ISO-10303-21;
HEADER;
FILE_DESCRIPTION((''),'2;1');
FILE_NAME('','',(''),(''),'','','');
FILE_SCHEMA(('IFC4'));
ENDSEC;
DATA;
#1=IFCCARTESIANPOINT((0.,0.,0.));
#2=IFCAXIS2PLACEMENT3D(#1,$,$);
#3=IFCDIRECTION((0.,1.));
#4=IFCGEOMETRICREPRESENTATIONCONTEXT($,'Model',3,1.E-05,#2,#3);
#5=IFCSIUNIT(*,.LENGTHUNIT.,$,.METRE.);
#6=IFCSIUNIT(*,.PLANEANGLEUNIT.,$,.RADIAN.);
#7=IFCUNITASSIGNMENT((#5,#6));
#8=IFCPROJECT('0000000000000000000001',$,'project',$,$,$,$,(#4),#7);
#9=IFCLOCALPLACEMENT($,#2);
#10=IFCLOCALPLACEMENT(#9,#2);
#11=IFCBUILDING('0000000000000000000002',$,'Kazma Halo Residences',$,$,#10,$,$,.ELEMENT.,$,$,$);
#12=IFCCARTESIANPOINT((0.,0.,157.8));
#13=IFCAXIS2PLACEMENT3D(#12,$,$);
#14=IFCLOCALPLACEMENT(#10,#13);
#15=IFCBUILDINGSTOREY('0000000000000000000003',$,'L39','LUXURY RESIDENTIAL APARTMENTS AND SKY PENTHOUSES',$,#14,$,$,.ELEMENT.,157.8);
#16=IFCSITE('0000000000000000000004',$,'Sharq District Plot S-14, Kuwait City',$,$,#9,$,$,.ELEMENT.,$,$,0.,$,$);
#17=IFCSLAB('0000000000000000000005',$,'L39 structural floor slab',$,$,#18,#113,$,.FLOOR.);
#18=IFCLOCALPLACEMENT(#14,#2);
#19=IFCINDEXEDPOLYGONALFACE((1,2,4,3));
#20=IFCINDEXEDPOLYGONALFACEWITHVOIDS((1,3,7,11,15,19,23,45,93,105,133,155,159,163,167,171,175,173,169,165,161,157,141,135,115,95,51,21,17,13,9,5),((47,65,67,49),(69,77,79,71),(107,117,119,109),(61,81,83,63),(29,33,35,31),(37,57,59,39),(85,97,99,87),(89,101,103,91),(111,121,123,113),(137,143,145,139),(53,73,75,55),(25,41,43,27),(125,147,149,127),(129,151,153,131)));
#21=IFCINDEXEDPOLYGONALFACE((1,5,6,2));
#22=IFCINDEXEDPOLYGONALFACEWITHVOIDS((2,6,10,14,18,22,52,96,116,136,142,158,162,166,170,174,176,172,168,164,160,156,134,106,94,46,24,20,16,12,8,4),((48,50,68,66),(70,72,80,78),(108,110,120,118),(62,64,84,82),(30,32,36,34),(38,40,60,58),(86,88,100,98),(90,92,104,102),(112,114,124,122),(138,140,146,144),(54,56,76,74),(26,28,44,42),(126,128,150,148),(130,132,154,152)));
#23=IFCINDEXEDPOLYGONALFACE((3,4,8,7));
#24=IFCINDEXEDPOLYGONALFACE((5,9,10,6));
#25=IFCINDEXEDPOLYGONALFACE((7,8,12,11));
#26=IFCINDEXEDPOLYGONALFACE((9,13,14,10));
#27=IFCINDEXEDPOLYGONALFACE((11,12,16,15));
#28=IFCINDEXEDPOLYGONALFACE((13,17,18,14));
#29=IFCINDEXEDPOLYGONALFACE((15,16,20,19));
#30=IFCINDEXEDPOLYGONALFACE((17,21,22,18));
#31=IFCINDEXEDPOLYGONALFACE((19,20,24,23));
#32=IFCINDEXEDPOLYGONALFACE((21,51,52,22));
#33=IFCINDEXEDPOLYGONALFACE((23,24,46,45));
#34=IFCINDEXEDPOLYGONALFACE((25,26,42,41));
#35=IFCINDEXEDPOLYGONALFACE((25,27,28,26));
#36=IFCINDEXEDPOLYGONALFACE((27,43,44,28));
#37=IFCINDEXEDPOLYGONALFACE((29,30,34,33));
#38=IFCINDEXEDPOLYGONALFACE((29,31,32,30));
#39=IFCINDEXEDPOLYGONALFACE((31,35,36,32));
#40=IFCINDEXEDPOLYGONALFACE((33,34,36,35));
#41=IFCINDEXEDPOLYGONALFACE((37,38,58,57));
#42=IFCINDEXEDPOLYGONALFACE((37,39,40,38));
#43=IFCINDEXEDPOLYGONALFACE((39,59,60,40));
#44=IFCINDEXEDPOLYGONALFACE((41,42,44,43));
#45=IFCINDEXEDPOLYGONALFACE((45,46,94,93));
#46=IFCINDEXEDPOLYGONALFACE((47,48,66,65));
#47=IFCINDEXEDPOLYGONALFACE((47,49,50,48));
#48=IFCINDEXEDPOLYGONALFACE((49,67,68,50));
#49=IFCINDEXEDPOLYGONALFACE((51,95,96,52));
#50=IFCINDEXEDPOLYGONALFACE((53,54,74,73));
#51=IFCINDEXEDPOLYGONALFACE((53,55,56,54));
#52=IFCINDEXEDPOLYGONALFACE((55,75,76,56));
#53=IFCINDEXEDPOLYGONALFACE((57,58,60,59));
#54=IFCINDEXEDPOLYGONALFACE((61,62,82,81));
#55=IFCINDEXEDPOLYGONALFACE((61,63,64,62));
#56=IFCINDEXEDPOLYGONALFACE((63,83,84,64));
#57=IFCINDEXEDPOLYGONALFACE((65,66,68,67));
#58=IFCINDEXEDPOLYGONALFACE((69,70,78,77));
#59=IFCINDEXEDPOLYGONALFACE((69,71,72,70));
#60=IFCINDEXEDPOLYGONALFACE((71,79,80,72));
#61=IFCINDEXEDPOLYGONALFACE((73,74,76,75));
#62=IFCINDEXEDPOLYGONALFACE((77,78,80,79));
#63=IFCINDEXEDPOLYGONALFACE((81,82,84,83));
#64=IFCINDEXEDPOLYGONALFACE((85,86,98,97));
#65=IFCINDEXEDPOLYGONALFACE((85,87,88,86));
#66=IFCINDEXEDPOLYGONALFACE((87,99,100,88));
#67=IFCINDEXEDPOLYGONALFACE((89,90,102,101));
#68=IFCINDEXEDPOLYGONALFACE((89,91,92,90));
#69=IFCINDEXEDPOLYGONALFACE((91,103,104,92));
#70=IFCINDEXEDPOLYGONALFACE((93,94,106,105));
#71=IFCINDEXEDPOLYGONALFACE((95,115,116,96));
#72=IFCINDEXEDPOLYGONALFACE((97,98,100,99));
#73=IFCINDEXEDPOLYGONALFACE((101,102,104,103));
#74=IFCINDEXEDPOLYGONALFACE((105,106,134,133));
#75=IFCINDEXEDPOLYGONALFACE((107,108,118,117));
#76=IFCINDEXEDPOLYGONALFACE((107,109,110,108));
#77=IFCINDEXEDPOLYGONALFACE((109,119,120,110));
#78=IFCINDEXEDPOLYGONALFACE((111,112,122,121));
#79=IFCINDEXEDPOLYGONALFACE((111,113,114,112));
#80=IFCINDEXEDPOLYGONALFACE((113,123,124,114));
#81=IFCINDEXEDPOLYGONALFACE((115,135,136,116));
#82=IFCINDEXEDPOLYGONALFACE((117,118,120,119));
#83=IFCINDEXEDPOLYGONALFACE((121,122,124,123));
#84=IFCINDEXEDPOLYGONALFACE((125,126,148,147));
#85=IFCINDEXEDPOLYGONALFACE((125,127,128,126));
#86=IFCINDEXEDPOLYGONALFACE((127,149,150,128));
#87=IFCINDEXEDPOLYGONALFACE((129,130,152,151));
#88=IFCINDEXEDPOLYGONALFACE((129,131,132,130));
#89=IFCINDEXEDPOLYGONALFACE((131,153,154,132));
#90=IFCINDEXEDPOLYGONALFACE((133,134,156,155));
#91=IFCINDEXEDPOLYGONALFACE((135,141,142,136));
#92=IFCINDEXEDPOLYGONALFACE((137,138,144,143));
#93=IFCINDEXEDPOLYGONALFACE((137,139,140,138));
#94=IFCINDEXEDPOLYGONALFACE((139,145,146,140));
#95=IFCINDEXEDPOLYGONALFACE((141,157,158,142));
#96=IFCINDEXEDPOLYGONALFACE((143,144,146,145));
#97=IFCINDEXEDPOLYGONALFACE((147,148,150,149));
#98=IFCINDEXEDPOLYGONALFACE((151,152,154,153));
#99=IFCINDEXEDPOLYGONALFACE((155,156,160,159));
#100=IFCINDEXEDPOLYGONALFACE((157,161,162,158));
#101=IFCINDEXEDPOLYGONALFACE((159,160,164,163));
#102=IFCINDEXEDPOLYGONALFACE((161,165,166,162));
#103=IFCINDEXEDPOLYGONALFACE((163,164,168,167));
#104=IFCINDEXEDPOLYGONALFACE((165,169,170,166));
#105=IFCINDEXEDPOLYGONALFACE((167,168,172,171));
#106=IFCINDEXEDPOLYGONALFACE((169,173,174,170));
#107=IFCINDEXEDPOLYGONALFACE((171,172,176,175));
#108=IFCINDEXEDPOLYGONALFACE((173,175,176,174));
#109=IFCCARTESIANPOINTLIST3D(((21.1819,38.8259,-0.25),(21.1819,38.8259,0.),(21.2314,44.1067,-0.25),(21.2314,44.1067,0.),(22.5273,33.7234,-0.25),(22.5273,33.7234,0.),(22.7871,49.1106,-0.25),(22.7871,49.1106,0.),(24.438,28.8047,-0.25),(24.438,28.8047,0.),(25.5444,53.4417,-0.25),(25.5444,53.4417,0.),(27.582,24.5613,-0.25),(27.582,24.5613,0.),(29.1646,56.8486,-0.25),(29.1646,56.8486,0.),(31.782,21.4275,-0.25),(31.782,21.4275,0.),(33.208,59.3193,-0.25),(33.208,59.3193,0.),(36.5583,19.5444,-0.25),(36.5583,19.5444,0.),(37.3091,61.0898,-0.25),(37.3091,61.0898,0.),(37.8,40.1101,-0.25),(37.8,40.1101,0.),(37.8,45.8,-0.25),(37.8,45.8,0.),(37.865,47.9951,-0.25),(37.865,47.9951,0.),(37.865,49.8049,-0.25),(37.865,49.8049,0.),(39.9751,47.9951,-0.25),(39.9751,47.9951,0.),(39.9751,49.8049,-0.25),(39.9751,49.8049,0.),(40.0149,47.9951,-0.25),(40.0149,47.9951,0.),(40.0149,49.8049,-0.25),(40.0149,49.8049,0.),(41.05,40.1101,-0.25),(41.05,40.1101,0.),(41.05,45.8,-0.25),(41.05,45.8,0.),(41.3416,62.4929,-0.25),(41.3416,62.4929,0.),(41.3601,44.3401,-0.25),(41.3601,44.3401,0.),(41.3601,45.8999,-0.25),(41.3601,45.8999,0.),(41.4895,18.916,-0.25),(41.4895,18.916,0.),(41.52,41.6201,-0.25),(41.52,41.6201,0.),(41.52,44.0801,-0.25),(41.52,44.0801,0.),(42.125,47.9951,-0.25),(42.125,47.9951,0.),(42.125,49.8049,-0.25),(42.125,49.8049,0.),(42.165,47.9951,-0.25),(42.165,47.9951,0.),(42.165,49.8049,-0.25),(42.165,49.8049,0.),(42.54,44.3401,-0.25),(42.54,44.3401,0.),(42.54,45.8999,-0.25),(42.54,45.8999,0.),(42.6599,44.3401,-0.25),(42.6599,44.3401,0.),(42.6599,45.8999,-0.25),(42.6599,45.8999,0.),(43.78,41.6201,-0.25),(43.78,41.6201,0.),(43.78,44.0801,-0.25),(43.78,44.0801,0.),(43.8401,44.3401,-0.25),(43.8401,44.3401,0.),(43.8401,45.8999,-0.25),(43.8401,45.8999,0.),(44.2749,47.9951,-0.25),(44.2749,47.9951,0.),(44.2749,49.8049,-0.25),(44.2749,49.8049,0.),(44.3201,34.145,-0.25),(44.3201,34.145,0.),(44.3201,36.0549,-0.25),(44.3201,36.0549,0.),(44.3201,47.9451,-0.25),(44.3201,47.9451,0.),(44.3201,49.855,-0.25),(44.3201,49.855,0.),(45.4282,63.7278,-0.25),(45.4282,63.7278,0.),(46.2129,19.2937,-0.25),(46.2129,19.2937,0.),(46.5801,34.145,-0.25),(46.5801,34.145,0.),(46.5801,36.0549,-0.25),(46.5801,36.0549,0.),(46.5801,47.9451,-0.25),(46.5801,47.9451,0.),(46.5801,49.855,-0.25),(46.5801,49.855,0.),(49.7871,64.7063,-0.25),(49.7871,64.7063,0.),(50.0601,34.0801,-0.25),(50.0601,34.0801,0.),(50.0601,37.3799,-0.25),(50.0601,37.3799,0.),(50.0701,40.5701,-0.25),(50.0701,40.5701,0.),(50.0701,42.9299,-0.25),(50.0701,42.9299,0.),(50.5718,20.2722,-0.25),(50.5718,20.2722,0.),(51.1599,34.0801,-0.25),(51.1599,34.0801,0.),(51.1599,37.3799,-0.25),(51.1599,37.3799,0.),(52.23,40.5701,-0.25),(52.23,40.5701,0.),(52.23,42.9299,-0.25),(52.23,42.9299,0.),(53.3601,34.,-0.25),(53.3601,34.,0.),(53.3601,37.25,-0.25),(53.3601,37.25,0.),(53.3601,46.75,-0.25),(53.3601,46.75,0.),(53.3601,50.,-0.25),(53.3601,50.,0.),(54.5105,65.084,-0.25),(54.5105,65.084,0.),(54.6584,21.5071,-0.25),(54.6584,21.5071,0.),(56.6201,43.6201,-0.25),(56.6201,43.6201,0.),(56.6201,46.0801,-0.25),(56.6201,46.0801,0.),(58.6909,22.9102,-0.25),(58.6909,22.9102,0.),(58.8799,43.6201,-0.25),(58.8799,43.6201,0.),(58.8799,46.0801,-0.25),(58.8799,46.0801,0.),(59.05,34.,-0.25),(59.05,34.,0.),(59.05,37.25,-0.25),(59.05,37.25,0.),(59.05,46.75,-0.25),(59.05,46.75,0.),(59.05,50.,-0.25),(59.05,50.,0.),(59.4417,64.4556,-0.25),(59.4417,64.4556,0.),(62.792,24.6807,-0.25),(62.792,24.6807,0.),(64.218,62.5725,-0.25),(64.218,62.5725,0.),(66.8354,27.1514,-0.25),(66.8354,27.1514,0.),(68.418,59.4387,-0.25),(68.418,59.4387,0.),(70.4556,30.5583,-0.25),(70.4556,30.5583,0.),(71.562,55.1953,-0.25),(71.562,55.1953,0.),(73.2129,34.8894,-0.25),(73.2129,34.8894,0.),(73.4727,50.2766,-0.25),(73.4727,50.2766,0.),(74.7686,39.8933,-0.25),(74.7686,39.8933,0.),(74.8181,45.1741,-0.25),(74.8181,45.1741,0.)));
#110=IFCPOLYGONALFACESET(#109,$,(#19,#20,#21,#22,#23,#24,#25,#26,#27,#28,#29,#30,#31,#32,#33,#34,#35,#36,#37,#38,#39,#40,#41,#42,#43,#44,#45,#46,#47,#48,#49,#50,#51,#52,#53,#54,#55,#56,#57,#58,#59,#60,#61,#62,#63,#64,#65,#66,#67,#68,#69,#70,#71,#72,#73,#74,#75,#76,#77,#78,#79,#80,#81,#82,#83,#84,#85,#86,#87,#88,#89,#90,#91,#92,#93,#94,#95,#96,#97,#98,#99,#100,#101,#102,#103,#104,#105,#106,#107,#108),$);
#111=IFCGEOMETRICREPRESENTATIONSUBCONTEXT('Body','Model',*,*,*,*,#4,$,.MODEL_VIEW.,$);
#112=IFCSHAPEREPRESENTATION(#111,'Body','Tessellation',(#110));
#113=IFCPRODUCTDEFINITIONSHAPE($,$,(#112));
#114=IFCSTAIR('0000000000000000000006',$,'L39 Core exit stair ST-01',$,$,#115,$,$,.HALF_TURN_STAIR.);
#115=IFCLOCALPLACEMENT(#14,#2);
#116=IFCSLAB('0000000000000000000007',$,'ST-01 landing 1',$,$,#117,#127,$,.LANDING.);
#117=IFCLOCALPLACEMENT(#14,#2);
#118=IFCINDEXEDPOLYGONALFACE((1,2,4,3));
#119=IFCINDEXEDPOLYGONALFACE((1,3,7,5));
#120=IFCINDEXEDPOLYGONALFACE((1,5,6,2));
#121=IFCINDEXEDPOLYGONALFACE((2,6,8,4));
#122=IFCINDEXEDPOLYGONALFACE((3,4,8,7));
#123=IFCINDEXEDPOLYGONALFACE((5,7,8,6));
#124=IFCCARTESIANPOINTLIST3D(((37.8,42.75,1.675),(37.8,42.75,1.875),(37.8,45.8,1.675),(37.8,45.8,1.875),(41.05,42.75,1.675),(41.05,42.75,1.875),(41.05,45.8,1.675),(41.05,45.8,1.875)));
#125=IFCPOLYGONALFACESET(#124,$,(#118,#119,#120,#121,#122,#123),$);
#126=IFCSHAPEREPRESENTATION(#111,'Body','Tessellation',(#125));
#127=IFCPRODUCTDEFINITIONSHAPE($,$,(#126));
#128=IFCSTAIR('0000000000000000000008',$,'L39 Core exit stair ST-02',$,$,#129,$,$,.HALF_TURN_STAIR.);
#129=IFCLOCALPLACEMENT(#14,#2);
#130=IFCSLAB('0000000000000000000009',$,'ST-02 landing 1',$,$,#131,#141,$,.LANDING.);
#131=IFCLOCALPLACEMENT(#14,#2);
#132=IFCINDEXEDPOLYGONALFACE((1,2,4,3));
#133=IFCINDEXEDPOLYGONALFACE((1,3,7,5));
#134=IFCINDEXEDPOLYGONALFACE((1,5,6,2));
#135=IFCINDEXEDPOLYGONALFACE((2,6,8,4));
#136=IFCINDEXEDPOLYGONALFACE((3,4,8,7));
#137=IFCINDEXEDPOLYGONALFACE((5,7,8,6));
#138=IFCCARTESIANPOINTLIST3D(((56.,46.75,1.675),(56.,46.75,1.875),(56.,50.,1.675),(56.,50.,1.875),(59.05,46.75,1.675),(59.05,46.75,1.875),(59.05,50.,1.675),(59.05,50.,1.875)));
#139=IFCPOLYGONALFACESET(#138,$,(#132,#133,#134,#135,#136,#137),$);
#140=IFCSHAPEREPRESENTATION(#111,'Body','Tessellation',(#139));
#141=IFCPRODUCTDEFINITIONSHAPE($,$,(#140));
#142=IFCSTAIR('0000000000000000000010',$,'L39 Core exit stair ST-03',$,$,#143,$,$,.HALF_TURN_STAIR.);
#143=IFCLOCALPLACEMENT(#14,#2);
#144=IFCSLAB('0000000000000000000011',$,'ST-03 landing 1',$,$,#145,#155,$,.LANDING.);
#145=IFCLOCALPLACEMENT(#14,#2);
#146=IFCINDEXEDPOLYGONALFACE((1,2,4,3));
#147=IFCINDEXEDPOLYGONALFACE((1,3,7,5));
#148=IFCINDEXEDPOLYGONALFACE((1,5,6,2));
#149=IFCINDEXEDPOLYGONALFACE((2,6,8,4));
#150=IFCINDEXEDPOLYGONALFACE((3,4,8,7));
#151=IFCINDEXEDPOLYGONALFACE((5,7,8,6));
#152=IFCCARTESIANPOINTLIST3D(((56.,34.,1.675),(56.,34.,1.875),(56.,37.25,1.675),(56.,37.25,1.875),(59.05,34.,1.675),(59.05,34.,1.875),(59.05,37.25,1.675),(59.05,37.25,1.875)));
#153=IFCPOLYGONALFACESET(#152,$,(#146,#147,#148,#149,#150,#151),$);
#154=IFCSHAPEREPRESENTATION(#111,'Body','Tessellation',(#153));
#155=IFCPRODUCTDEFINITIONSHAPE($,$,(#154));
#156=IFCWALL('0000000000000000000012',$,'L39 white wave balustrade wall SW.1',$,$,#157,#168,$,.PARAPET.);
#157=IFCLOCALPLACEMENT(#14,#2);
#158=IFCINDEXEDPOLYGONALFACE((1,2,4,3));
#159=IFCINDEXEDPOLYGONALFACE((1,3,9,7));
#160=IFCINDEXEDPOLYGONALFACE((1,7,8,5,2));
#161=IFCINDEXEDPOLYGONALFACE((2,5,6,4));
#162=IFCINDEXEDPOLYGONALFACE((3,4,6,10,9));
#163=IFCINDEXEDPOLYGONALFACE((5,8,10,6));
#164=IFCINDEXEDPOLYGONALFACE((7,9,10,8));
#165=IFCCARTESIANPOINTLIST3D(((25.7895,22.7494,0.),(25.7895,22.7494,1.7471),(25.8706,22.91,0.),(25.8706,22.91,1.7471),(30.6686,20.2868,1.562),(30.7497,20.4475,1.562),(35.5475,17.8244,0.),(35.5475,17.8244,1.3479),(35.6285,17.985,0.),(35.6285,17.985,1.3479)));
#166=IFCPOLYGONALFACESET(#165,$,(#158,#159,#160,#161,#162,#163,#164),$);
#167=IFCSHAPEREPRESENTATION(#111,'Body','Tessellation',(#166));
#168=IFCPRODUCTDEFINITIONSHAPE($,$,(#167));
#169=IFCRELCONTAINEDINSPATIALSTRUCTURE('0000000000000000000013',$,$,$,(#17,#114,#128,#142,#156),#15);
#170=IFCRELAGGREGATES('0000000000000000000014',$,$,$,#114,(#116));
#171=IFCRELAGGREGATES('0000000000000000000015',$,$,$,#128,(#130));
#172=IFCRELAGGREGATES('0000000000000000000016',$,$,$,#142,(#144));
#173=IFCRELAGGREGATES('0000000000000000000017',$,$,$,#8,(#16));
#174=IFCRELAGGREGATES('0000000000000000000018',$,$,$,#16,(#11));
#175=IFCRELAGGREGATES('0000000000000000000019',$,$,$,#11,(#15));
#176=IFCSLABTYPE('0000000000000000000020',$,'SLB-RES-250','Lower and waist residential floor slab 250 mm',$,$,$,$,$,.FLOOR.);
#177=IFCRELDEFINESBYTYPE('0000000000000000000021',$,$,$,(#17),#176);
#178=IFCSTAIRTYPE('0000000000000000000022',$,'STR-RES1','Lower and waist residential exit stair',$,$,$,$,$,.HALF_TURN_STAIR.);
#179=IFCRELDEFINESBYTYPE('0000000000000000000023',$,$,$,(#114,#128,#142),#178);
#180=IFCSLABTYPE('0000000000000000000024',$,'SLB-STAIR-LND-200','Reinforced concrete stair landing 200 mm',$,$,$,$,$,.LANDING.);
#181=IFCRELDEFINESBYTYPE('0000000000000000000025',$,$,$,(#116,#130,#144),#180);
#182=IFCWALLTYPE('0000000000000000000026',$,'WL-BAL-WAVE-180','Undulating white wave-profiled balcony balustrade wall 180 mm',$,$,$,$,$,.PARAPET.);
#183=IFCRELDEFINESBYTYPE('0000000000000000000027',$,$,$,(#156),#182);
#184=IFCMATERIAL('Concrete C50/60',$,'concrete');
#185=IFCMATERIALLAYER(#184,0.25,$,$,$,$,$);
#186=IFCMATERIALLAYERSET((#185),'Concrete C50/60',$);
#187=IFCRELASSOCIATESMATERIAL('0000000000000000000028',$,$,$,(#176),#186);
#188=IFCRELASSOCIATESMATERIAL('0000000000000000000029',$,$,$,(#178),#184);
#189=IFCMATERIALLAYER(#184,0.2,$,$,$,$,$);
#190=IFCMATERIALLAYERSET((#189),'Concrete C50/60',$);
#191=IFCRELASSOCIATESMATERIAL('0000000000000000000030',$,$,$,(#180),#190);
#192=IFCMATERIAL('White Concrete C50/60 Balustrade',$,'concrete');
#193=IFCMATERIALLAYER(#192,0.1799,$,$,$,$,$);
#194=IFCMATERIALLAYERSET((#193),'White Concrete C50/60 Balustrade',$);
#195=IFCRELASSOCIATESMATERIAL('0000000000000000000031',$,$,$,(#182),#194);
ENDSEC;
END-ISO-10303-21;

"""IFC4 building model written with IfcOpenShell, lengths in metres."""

from ifc_helpers import new_model, si_unit, direction, frame, origin, place, context, subcontext, project, spatial, polyline, outline, extrude, material, layer, layer_set, type_object, element, aggregate, save


model = new_model("IFC4")

# Units and contexts
model_context = context("Model", 3, precision=1e-05, world=origin(), true_north=direction((0.0, 1.0)))
body_context = subcontext(model_context, "Body", "Model", "MODEL_VIEW")
ifc_project = project(units=[si_unit("LENGTHUNIT", "METRE"), si_unit("PLANEANGLEUNIT", "RADIAN")], contexts=[model_context])

# Site, building, storey
site_placement = place(None, origin())
site = spatial("IfcSite", under=ifc_project, at=site_placement, Name="Sharq District Plot S-14, Kuwait City", CompositionType="ELEMENT", RefElevation=0.0)
building_placement = place(site_placement, origin())
building = spatial("IfcBuilding", under=site, at=building_placement, Name="Kazma Halo Residences", CompositionType="ELEMENT")
storey_placement = place(building_placement, frame((0.0, 0.0, 157.8)))
storey = spatial("IfcBuildingStorey", under=building, at=storey_placement, Name="L39", Description="LUXURY RESIDENTIAL APARTMENTS AND SKY PENTHOUSES", CompositionType="ELEMENT", Elevation=157.8)

# Slab
ifc_material_1 = material(Name="Concrete C50/60", Category="concrete")
ifc_layer_1 = layer(ifc_material_1, 0.25)
ifc_layer_set_1 = layer_set([ifc_layer_1], Name="Concrete C50/60")
slab_type_1 = type_object("IfcSlabType", Name="SLB-RES-250", Description="Lower and waist residential floor slab 250 mm", PredefinedType="FLOOR", material=ifc_layer_set_1)
slab_1_placement = place(storey_placement, frame((0.0, 0.0, -0.25)))
element("IfcSlab", 1, at=slab_1_placement, inside=storey, type_object=slab_type_1, Name="L39 structural floor slab", PredefinedType="FLOOR", context=body_context, shape_type="SweptSolid", body=[
    extrude(outline(polyline([(73.4727, 50.2766), (71.562, 55.1953), (68.418, 59.4387), (64.218, 62.5725), (59.4417, 64.4556), (54.5105, 65.084), (49.7871, 64.7063), (45.4282, 63.7278), (41.3416, 62.4929), (37.3091, 61.0898), (33.208, 59.3193), (29.1646, 56.8486), (25.5444, 53.4417), (22.7871, 49.1106), (21.2314, 44.1067), (21.1819, 38.8259), (22.5273, 33.7234), (24.438, 28.8047), (27.582, 24.5613), (31.782, 21.4275), (36.5583, 19.5444), (41.4895, 18.916), (46.2129, 19.2937), (50.5718, 20.2722), (54.6584, 21.5071), (58.6909, 22.9102), (62.792, 24.6807), (66.8354, 27.1514), (70.4556, 30.5583), (73.2129, 34.8894), (74.7686, 39.8933), (74.8181, 45.1741), (73.4727, 50.2766)]), holes=[polyline([(37.8, 40.1101), (41.05, 40.1101), (41.05, 45.8), (37.8, 45.8), (37.8, 40.1101)]), polyline([(53.3601, 46.75), (59.05, 46.75), (59.05, 50.0), (53.3601, 50.0), (53.3601, 46.75)]), polyline([(53.3601, 34.0), (59.05, 34.0), (59.05, 37.25), (53.3601, 37.25), (53.3601, 34.0)]), polyline([(41.52, 41.6201), (43.78, 41.6201), (43.78, 44.0801), (41.52, 44.0801), (41.52, 41.6201)]), polyline([(56.6201, 43.6201), (58.8799, 43.6201), (58.8799, 46.0801), (56.6201, 46.0801), (56.6201, 43.6201)]), polyline([(37.865, 47.9951), (39.9751, 47.9951), (39.9751, 49.8049), (37.865, 49.8049), (37.865, 47.9951)]), polyline([(40.0149, 47.9951), (42.125, 47.9951), (42.125, 49.8049), (40.0149, 49.8049), (40.0149, 47.9951)]), polyline([(42.165, 47.9951), (44.2749, 47.9951), (44.2749, 49.8049), (42.165, 49.8049), (42.165, 47.9951)]), polyline([(44.3201, 47.9451), (46.5801, 47.9451), (46.5801, 49.855), (44.3201, 49.855), (44.3201, 47.9451)]), polyline([(44.3201, 34.145), (46.5801, 34.145), (46.5801, 36.0549), (44.3201, 36.0549), (44.3201, 34.145)]), polyline([(50.0701, 40.5701), (52.23, 40.5701), (52.23, 42.9299), (50.0701, 42.9299), (50.0701, 40.5701)]), polyline([(41.3601, 44.3401), (42.54, 44.3401), (42.54, 45.8999), (41.3601, 45.8999), (41.3601, 44.3401)]), polyline([(42.6599, 44.3401), (43.8401, 44.3401), (43.8401, 45.8999), (42.6599, 45.8999), (42.6599, 44.3401)]), polyline([(50.0601, 34.0801), (51.1599, 34.0801), (51.1599, 37.3799), (50.0601, 37.3799), (50.0601, 34.0801)])]), origin(), (0.0, 0.0, 1.0), 0.25),
])

# Stairs, slabs
stair_type = type_object("IfcStairType", Name="STR-RES1", Description="Lower and waist residential exit stair", PredefinedType="HALF_TURN_STAIR", material=ifc_material_1)
stair_1_placement = place(storey_placement, origin())
stair_1 = element("IfcStair", 2, at=stair_1_placement, inside=storey, type_object=stair_type, Name="L39 Core exit stair ST-01", PredefinedType="HALF_TURN_STAIR")
ifc_layer_2 = layer(ifc_material_1, 0.2)
ifc_layer_set_2 = layer_set([ifc_layer_2], Name="Concrete C50/60")
slab_type_2 = type_object("IfcSlabType", Name="SLB-STAIR-LND-200", Description="Reinforced concrete stair landing 200 mm", PredefinedType="LANDING", material=ifc_layer_set_2)
slab_2_placement = place(storey_placement, frame((0.0, 0.0, 1.675)))
slab_2 = element("IfcSlab", 3, at=slab_2_placement, type_object=slab_type_2, Name="ST-01 landing 1", PredefinedType="LANDING", context=body_context, shape_type="SweptSolid", body=[
    extrude(outline(polyline([(41.05, 42.75), (41.05, 45.8), (37.8, 45.8), (37.8, 42.75), (41.05, 42.75)])), origin(), (0.0, 0.0, 1.0), 0.2),
])
aggregate(stair_1, [slab_2])
stair_2_placement = place(storey_placement, origin())
stair_2 = element("IfcStair", 4, at=stair_2_placement, inside=storey, type_object=stair_type, Name="L39 Core exit stair ST-02", PredefinedType="HALF_TURN_STAIR")
slab_3_placement = place(storey_placement, frame((0.0, 0.0, 1.675)))
slab_3 = element("IfcSlab", 5, at=slab_3_placement, type_object=slab_type_2, Name="ST-02 landing 1", PredefinedType="LANDING", context=body_context, shape_type="SweptSolid", body=[
    extrude(outline(polyline([(56.0, 46.75), (59.05, 46.75), (59.05, 50.0), (56.0, 50.0), (56.0, 46.75)])), origin(), (0.0, 0.0, 1.0), 0.2),
])
aggregate(stair_2, [slab_3])
stair_3_placement = place(storey_placement, origin())
stair_3 = element("IfcStair", 6, at=stair_3_placement, inside=storey, type_object=stair_type, Name="L39 Core exit stair ST-03", PredefinedType="HALF_TURN_STAIR")
slab_4_placement = place(storey_placement, frame((0.0, 0.0, 1.675)))
slab_4 = element("IfcSlab", 7, at=slab_4_placement, type_object=slab_type_2, Name="ST-03 landing 1", PredefinedType="LANDING", context=body_context, shape_type="SweptSolid", body=[
    extrude(outline(polyline([(56.0, 34.0), (59.05, 34.0), (59.05, 37.25), (56.0, 37.25), (56.0, 34.0)])), origin(), (0.0, 0.0, 1.0), 0.2),
])
aggregate(stair_3, [slab_4])

# Wall
ifc_material_2 = material(Name="White Concrete C50/60 Balustrade", Category="concrete")
ifc_layer_3 = layer(ifc_material_2, 0.1799)
ifc_layer_set_3 = layer_set([ifc_layer_3], Name="White Concrete C50/60 Balustrade")
wall_type_1 = type_object("IfcWallType", Name="WL-BAL-WAVE-180", Description="Undulating white wave-profiled balcony balustrade wall 180 mm", PredefinedType="PARAPET", material=ifc_layer_set_3)
wall_1_placement = place(storey_placement, frame((25.8301, 22.8298, 0.0), z_axis=(0.0, 0.0, 1.0), x_axis=(0.892737, -0.450579, 0.0)))
element("IfcWall", 8, at=wall_1_placement, inside=storey, type_object=wall_type_1, Name="L39 white wave balustrade wall SW.1", PredefinedType="PARAPET", context=body_context, shape_type="SweptSolid", body=[
    extrude(outline(polyline([(0.0, 0.0), (10.9304, 0.0), (10.9304, 1.3479), (5.4653, 1.562), (0.0, 1.7471), (0.0, 0.0)])), frame((0.0, 0.0898, 0.0), z_axis=(0.0, -1.0, 0.0), x_axis=(1.0, 0.0, 0.0)), (0.0, 0.0, 1.0), 0.1799),
])

save(model, "model.ifc")
